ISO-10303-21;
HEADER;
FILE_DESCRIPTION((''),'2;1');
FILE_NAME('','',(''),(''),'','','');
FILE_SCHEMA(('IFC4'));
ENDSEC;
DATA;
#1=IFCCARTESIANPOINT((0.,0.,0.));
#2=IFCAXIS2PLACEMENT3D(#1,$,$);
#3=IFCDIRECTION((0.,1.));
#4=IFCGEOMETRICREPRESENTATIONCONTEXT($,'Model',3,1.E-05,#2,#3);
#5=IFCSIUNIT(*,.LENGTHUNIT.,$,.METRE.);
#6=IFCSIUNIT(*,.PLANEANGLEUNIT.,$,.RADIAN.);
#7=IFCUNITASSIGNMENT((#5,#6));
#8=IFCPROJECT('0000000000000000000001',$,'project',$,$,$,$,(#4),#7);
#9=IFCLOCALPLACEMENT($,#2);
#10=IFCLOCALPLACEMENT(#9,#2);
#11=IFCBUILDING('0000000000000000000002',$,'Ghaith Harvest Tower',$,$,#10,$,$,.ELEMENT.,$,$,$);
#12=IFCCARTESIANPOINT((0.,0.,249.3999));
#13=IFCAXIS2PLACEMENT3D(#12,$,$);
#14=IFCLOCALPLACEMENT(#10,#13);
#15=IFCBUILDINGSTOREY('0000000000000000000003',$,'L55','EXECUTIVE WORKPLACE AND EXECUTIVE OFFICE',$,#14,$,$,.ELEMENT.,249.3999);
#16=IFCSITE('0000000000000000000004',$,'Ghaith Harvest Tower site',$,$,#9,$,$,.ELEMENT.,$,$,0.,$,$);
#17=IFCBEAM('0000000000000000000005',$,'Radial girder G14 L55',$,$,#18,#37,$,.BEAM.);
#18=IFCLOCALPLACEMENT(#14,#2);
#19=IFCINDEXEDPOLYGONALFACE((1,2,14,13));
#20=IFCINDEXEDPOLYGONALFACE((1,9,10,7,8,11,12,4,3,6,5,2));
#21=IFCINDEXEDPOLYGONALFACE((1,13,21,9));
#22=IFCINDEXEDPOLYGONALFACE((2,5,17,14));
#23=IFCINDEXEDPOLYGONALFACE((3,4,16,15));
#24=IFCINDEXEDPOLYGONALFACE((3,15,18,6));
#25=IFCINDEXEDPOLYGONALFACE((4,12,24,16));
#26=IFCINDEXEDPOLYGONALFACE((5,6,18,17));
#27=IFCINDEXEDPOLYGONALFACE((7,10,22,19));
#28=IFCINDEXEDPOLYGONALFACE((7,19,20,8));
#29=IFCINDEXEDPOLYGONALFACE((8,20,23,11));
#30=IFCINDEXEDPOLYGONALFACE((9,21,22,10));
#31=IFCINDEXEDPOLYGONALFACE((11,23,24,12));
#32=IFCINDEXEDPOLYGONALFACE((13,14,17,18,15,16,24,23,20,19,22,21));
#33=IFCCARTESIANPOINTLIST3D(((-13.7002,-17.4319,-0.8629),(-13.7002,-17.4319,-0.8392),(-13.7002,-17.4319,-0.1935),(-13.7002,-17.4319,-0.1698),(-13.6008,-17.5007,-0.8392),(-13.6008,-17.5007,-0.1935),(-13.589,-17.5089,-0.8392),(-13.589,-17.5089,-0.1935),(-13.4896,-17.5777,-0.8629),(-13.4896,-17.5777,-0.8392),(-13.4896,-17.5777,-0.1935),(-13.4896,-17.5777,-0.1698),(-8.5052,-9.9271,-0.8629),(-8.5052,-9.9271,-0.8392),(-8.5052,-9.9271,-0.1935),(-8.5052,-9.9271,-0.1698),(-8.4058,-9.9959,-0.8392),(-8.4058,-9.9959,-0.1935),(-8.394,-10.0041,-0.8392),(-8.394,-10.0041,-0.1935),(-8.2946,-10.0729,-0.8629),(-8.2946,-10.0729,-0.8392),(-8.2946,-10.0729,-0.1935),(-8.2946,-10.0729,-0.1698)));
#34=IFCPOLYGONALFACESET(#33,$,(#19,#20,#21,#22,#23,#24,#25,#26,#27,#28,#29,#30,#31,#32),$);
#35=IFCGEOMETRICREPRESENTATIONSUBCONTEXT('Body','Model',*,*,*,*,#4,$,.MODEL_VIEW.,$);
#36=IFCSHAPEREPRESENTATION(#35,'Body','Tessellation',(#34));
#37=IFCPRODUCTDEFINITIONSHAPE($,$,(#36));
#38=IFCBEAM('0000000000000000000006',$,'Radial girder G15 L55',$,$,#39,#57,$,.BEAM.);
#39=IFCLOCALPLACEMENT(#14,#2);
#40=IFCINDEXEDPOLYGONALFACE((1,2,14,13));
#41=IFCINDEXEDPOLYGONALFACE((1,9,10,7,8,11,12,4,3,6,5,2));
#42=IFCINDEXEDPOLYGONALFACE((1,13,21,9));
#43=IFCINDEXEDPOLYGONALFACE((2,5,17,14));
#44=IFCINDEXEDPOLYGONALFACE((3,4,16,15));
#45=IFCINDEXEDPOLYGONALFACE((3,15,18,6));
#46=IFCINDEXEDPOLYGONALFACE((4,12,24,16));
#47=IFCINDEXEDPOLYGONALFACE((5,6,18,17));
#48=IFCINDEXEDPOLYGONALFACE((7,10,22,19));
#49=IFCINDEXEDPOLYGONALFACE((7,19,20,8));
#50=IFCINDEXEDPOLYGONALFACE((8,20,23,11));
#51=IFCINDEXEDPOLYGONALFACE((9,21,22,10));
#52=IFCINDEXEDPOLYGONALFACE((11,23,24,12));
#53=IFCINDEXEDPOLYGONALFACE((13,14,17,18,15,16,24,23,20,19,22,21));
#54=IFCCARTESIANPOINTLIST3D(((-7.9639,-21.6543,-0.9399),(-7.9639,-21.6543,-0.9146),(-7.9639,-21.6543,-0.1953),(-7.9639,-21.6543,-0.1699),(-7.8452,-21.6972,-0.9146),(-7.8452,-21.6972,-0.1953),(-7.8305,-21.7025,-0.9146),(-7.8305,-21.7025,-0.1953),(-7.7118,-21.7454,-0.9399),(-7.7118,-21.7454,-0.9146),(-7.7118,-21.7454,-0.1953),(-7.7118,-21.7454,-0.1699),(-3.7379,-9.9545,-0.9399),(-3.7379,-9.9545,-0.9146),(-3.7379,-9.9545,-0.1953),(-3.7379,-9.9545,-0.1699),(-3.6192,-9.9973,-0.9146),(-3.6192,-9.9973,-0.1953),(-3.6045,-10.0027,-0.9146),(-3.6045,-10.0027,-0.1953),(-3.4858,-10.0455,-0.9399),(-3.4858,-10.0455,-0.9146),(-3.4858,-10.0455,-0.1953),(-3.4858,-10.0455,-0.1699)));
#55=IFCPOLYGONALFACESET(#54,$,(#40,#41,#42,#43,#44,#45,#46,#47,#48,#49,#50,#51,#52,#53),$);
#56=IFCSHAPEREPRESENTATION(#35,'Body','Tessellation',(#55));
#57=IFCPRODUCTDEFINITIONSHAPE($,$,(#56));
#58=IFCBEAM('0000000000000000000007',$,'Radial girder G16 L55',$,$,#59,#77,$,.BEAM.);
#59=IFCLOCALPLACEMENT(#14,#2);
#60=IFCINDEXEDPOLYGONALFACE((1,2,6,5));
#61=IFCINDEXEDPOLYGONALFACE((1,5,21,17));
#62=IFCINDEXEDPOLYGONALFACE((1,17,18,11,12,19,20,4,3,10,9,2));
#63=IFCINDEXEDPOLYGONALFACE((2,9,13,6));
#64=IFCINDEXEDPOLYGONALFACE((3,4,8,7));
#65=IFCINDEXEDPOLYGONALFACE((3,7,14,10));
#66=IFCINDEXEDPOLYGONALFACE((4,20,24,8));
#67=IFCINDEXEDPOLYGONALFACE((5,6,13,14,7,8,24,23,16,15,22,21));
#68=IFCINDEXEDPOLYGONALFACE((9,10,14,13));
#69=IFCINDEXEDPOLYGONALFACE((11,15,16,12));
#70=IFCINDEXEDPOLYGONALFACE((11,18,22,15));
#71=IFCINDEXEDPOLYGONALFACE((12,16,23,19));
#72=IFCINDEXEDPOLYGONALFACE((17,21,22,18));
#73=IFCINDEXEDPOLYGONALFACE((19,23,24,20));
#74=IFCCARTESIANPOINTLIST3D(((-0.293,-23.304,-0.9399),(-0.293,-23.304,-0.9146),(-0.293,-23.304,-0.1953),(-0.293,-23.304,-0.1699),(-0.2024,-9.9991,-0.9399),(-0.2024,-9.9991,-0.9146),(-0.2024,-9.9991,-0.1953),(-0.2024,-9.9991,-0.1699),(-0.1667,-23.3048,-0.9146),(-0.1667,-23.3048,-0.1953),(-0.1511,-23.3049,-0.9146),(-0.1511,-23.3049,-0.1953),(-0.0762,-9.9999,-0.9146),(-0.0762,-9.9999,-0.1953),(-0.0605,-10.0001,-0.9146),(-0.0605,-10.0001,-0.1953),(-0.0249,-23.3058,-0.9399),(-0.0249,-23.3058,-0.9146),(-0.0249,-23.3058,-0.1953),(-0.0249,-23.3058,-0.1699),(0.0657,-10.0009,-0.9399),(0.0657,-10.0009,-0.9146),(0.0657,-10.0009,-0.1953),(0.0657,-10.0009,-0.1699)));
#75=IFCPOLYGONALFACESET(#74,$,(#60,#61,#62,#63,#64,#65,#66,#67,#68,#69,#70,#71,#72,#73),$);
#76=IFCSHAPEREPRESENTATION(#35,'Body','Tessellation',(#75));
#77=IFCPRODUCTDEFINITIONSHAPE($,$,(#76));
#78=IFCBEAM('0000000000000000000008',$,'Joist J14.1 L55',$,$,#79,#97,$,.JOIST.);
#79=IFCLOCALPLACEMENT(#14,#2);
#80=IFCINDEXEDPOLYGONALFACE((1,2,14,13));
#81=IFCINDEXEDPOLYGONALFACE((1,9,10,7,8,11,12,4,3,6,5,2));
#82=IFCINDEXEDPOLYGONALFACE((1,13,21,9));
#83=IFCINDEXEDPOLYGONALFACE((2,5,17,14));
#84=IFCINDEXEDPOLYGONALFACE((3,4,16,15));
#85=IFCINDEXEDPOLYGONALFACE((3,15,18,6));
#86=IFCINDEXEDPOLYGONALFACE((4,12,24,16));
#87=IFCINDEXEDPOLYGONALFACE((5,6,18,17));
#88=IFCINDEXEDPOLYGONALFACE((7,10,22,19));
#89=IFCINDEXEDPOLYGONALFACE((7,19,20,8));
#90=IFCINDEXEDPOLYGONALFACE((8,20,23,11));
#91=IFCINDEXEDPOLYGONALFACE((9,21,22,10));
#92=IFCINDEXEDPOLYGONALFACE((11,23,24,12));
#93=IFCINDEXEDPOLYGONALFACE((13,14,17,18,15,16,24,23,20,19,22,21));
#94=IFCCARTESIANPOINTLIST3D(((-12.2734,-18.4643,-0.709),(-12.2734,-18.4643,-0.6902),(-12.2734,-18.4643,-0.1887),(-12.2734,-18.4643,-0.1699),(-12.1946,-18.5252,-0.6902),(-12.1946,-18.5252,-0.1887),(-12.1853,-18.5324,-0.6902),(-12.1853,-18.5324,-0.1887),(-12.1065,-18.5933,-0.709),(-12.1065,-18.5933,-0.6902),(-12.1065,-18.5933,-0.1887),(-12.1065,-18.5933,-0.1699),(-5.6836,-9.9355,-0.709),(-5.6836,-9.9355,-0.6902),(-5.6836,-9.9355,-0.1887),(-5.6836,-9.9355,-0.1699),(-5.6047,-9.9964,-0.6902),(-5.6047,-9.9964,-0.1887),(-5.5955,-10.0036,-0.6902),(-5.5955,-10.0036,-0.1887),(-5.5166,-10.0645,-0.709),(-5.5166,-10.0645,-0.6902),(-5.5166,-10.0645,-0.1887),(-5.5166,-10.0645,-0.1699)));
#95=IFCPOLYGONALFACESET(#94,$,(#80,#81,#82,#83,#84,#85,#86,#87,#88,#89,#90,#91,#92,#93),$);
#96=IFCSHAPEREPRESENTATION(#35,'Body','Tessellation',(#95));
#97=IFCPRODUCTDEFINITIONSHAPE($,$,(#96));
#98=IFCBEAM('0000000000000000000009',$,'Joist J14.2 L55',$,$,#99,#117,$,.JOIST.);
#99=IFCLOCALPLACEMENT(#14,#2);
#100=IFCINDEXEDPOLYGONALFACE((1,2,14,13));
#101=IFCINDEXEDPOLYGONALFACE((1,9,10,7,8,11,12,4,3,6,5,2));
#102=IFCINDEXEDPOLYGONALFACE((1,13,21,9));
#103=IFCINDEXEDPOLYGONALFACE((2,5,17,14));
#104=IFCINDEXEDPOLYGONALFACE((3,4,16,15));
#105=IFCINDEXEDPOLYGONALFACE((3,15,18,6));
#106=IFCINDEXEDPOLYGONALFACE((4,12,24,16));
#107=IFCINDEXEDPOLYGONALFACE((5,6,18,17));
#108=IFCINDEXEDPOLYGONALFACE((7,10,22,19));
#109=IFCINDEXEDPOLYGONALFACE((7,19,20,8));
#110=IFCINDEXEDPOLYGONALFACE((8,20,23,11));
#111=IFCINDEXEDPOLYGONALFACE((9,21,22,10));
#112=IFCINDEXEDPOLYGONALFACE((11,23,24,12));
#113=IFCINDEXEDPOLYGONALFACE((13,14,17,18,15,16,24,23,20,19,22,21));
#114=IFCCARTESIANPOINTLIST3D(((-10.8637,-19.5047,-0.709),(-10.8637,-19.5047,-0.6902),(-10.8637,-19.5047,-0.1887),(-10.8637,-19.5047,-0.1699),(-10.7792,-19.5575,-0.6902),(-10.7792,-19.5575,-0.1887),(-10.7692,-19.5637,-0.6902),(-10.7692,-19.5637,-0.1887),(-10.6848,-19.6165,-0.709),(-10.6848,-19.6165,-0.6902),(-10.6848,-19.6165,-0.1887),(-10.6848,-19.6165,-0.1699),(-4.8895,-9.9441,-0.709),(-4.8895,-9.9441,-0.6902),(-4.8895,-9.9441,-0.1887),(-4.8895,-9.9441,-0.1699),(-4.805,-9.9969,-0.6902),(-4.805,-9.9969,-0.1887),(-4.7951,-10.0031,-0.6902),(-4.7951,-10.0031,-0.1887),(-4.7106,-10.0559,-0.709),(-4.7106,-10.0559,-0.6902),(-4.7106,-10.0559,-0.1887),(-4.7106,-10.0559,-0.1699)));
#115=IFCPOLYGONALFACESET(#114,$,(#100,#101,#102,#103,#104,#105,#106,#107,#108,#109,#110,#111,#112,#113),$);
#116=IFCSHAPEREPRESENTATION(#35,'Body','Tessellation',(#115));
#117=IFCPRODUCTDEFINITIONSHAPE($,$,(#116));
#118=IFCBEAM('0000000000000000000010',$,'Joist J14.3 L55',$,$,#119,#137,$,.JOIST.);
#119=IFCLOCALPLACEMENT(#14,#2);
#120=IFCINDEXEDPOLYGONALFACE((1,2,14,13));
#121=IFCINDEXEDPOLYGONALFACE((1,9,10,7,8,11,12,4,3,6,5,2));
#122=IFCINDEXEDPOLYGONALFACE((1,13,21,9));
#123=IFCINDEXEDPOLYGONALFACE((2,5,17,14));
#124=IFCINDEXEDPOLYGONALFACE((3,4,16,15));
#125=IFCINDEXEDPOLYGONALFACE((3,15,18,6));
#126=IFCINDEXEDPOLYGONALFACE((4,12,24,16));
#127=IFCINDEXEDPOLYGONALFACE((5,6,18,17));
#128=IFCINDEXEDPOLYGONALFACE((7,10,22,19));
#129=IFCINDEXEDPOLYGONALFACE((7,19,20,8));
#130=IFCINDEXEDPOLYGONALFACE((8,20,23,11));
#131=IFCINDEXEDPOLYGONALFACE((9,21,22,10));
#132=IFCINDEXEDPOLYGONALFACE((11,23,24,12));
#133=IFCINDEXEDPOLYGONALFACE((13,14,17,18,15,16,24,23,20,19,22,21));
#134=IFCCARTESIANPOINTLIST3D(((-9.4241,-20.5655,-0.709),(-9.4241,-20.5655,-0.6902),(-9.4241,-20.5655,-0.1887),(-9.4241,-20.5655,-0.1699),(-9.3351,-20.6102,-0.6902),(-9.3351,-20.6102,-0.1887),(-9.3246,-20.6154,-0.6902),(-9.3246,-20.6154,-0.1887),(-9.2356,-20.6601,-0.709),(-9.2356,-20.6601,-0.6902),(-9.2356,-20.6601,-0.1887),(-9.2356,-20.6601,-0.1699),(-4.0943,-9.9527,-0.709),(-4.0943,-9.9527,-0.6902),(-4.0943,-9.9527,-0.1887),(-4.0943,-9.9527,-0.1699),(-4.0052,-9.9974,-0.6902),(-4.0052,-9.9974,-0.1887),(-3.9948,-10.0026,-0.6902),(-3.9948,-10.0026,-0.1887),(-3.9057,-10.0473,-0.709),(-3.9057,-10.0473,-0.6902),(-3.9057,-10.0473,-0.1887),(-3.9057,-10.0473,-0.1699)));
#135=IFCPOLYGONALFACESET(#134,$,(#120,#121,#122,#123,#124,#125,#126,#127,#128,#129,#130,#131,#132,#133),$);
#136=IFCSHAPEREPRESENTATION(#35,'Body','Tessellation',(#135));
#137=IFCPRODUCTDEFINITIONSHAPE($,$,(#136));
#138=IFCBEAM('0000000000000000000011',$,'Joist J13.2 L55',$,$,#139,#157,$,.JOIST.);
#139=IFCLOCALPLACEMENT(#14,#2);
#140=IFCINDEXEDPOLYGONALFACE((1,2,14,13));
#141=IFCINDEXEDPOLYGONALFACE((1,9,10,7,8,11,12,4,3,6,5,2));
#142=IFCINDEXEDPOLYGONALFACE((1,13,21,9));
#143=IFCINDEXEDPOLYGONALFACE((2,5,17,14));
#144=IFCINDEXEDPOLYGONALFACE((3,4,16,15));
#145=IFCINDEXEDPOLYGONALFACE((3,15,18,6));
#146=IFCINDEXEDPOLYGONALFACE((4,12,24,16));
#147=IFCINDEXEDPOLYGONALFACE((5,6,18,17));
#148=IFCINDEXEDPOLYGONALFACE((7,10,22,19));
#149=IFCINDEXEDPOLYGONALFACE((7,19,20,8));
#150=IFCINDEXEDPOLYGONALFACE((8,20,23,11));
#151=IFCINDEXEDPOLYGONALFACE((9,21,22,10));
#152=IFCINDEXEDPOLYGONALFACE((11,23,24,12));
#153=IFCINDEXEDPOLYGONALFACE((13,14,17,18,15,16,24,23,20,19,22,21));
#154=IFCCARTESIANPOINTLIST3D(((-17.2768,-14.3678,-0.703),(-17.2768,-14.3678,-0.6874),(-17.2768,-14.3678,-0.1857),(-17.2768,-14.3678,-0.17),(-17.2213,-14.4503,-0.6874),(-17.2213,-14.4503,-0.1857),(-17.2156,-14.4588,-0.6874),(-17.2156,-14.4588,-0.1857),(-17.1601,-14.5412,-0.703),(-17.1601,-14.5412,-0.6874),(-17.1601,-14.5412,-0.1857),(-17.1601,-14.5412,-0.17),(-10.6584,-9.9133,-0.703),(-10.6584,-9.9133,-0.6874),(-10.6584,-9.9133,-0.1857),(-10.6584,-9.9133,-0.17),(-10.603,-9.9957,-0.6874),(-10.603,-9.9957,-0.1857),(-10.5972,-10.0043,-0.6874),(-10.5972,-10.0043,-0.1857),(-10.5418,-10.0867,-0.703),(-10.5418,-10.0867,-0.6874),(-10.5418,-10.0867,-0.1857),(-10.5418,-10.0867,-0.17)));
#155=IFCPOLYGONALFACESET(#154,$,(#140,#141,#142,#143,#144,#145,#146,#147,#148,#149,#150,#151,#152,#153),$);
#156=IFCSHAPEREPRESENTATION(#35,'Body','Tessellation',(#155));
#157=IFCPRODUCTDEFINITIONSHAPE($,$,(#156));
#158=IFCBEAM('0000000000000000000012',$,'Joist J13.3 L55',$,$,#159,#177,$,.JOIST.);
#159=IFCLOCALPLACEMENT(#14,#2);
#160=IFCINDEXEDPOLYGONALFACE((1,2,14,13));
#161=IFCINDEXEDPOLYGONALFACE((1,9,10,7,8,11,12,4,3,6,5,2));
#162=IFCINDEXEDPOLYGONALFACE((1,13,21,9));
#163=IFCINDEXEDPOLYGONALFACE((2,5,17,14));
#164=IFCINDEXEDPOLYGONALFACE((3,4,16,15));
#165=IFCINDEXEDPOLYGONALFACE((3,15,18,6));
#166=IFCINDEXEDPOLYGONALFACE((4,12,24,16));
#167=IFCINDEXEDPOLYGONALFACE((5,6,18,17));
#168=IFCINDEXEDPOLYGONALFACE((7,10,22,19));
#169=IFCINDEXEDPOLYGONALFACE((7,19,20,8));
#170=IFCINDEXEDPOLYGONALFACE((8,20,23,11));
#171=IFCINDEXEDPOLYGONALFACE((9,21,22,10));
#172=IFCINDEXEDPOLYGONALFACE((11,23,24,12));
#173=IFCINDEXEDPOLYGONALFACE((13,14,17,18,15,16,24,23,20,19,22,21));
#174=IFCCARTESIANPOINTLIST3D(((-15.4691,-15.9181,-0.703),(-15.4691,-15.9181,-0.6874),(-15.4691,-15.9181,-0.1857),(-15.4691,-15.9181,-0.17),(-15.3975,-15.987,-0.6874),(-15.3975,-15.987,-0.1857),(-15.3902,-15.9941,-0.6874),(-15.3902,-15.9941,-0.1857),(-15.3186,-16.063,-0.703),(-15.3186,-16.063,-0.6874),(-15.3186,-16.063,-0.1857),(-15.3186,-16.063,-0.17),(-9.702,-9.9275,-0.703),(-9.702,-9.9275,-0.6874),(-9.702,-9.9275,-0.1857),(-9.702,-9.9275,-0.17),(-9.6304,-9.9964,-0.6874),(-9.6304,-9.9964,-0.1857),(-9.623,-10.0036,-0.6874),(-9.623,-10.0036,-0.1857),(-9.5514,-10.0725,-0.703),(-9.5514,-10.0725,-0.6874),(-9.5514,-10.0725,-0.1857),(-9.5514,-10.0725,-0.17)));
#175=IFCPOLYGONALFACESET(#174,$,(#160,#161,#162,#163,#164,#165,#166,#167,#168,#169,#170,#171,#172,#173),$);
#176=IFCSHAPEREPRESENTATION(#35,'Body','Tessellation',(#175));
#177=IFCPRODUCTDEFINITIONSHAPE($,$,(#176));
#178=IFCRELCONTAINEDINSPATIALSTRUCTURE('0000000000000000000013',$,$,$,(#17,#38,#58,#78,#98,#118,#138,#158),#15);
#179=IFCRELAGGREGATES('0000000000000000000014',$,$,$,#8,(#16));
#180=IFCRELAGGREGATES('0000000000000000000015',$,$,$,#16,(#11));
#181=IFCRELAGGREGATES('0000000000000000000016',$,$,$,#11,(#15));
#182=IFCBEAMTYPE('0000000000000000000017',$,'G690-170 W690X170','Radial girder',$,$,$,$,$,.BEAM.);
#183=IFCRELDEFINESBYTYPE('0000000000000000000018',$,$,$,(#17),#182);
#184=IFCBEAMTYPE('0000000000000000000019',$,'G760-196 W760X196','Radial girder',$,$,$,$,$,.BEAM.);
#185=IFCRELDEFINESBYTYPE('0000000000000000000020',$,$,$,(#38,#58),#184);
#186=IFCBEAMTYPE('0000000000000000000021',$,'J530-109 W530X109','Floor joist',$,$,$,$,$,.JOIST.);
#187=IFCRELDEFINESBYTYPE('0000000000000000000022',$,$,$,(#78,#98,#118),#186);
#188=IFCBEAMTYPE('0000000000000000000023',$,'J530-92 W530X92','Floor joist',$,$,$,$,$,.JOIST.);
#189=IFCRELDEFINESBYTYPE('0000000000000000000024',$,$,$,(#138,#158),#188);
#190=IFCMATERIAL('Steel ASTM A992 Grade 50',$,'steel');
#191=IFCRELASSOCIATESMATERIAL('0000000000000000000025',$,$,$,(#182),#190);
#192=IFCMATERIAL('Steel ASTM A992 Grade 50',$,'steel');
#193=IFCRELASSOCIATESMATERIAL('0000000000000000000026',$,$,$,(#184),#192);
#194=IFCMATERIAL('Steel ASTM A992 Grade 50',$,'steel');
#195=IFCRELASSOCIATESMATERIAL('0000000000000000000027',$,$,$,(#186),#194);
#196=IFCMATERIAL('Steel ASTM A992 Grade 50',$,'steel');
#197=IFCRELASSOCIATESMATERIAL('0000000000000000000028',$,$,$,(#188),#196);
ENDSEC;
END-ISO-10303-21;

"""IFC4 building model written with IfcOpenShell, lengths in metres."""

from ifc_helpers import new_model, si_unit, direction, frame, origin, origin_2d, place, context, subcontext, project, spatial, i_section, extrude, material, material_profile, profile_set, type_object, element, save


model = new_model("IFC4")

# Units and contexts
model_context = context("Model", 3, precision=1e-05, world=origin(), true_north=direction((0.0, 1.0)))
body_context = subcontext(model_context, "Body", "Model", "MODEL_VIEW")
ifc_project = project(units=[si_unit("LENGTHUNIT", "METRE"), si_unit("PLANEANGLEUNIT", "RADIAN")], contexts=[model_context])

# Site, building, storey
site_placement = place(None, origin())
site = spatial("IfcSite", under=ifc_project, at=site_placement, Name="Ghaith Harvest Tower site", CompositionType="ELEMENT", RefElevation=0.0)
building_placement = place(site_placement, origin())
building = spatial("IfcBuilding", under=site, at=building_placement, Name="Ghaith Harvest Tower", CompositionType="ELEMENT")
storey_placement = place(building_placement, frame((0.0, 0.0, 249.3999)))
storey = spatial("IfcBuildingStorey", under=building, at=storey_placement, Name="L55", Description="EXECUTIVE WORKPLACE AND EXECUTIVE OFFICE", CompositionType="ELEMENT", Elevation=249.3999)

# Beams
ifc_material_1 = material(Name="Steel ASTM A992 Grade 50", Category="steel")
ifc_material_profile_1 = material_profile(ifc_material_1, i_section(OverallWidth=0.2561, OverallDepth=0.6931, WebThickness=0.0144, FlangeThickness=0.0237, at=origin_2d()), Name="W690X170")
ifc_profile_set_1 = profile_set([ifc_material_profile_1], Name="Steel ASTM A992 Grade 50")
beam_type_1 = type_object("IfcBeamType", Name="G690-170 W690X170", Description="Radial girder", PredefinedType="BEAM", material=ifc_profile_set_1)
beam_1_placement = place(storey_placement, frame((-8.3999, -10.0, -0.5164), z_axis=(-0.569164, -0.822224, 0.0), x_axis=(0.822224, -0.569164, 0.0)))
element("IfcBeam", 1, at=beam_1_placement, inside=storey, type_object=beam_type_1, Name="Radial girder G14 L55", PredefinedType="BEAM", context=body_context, shape_type="SweptSolid", body=[
    extrude(i_section(OverallWidth=0.2561, OverallDepth=0.6931, WebThickness=0.0144, FlangeThickness=0.0237, at=origin_2d()), origin(), (0.0, 0.0, 1.0), 9.1274),
])
ifc_material_2 = material(Name="Steel ASTM A992 Grade 50", Category="steel")
ifc_material_profile_2 = material_profile(ifc_material_2, i_section(OverallWidth=0.2681, OverallDepth=0.77, WebThickness=0.0156, FlangeThickness=0.0254, at=origin_2d()), Name="W760X196")
ifc_profile_set_2 = profile_set([ifc_material_profile_2], Name="Steel ASTM A992 Grade 50")
beam_type_2 = type_object("IfcBeamType", Name="G760-196 W760X196", Description="Radial girder", PredefinedType="BEAM", material=ifc_profile_set_2)
beam_2_placement = place(storey_placement, frame((-3.6118, -10.0, -0.5549), z_axis=(-0.339722, -0.940526, 0.0), x_axis=(0.940526, -0.339722, 0.0)))
element("IfcBeam", 2, at=beam_2_placement, inside=storey, type_object=beam_type_2, Name="Radial girder G15 L55", PredefinedType="BEAM", context=body_context, shape_type="SweptSolid", body=[
    extrude(i_section(OverallWidth=0.2681, OverallDepth=0.77, WebThickness=0.0156, FlangeThickness=0.0254, at=origin_2d()), origin(), (0.0, 0.0, 1.0), 12.4397),
])
beam_3_placement = place(storey_placement, frame((-0.0684, -10.0, -0.5549), z_axis=(-0.006808, -0.999977, 0.0), x_axis=(0.999977, -0.006808, 0.0)))
element("IfcBeam", 3, at=beam_3_placement, inside=storey, type_object=beam_type_2, Name="Radial girder G16 L55", PredefinedType="BEAM", context=body_context, shape_type="SweptSolid", body=[
    extrude(i_section(OverallWidth=0.2681, OverallDepth=0.77, WebThickness=0.0156, FlangeThickness=0.0254, at=origin_2d()), origin(), (0.0, 0.0, 1.0), 13.3052),
])
ifc_material_3 = material(Name="Steel ASTM A992 Grade 50", Category="steel")
ifc_material_profile_3 = material_profile(ifc_material_3, i_section(OverallWidth=0.2109, OverallDepth=0.5391, WebThickness=0.0117, FlangeThickness=0.0188, at=origin_2d()), Name="W530X109")
ifc_profile_set_3 = profile_set([ifc_material_profile_3], Name="Steel ASTM A992 Grade 50")
beam_type_3 = type_object("IfcBeamType", Name="J530-109 W530X109", Description="Floor joist", PredefinedType="JOIST", material=ifc_profile_set_3)
beam_4_placement = place(storey_placement, frame((-5.6001, -10.0, -0.4395), z_axis=(-0.611413, -0.791312, 0.0), x_axis=(0.791312, -0.611413, 0.0)))
element("IfcBeam", 4, at=beam_4_placement, inside=storey, type_object=beam_type_3, Name="Joist J14.1 L55", PredefinedType="JOIST", context=body_context, shape_type="SweptSolid", body=[
    extrude(i_section(OverallWidth=0.2109, OverallDepth=0.5391, WebThickness=0.0117, FlangeThickness=0.0188, at=origin_2d()), origin(), (0.0, 0.0, 1.0), 10.7781),
])
beam_5_placement = place(storey_placement, frame((-4.8, -10.0, -0.4395), z_axis=(-0.529921, -0.848047, 0.0), x_axis=(0.848047, -0.529921, 0.0)))
element("IfcBeam", 5, at=beam_5_placement, inside=storey, type_object=beam_type_3, Name="Joist J14.2 L55", PredefinedType="JOIST", context=body_context, shape_type="SweptSolid", body=[
    extrude(i_section(OverallWidth=0.2109, OverallDepth=0.5391, WebThickness=0.0117, FlangeThickness=0.0188, at=origin_2d()), origin(), (0.0, 0.0, 1.0), 11.2737),
])
beam_6_placement = place(storey_placement, frame((-4.0, -10.0, -0.4395), z_axis=(-0.448792, -0.893636, 0.0), x_axis=(0.893636, -0.448792, 0.0)))
element("IfcBeam", 6, at=beam_6_placement, inside=storey, type_object=beam_type_3, Name="Joist J14.3 L55", PredefinedType="JOIST", context=body_context, shape_type="SweptSolid", body=[
    extrude(i_section(OverallWidth=0.2109, OverallDepth=0.5391, WebThickness=0.0117, FlangeThickness=0.0188, at=origin_2d()), origin(), (0.0, 0.0, 1.0), 11.876),
])
ifc_material_4 = material(Name="Steel ASTM A992 Grade 50", Category="steel")
ifc_material_profile_4 = material_profile(ifc_material_4, i_section(OverallWidth=0.209, OverallDepth=0.533, WebThickness=0.0103, FlangeThickness=0.0156, at=origin_2d()), Name="W530X92")
ifc_profile_set_4 = profile_set([ifc_material_profile_4], Name="Steel ASTM A992 Grade 50")
beam_type_4 = type_object("IfcBeamType", Name="J530-92 W530X92", Description="Floor joist", PredefinedType="JOIST", material=ifc_profile_set_4)
beam_7_placement = place(storey_placement, frame((-10.6001, -10.0, -0.4365), z_axis=(-0.829594, -0.558367, 0.0), x_axis=(0.558367, -0.829594, 0.0)))
element("IfcBeam", 7, at=beam_7_placement, inside=storey, type_object=beam_type_4, Name="Joist J13.2 L55", PredefinedType="JOIST", context=body_context, shape_type="SweptSolid", body=[
    extrude(i_section(OverallWidth=0.209, OverallDepth=0.533, WebThickness=0.0103, FlangeThickness=0.0156, at=origin_2d()), origin(), (0.0, 0.0, 1.0), 7.9778),
])
beam_8_placement = place(storey_placement, frame((-9.6267, -10.0, -0.4365), z_axis=(-0.693547, -0.720411, 0.0), x_axis=(0.720411, -0.693547, 0.0)))
element("IfcBeam", 8, at=beam_8_placement, inside=storey, type_object=beam_type_4, Name="Joist J13.3 L55", PredefinedType="JOIST", context=body_context, shape_type="SweptSolid", body=[
    extrude(i_section(OverallWidth=0.209, OverallDepth=0.533, WebThickness=0.0103, FlangeThickness=0.0156, at=origin_2d()), origin(), (0.0, 0.0, 1.0), 8.3154),
])

save(model, "model.ifc")
